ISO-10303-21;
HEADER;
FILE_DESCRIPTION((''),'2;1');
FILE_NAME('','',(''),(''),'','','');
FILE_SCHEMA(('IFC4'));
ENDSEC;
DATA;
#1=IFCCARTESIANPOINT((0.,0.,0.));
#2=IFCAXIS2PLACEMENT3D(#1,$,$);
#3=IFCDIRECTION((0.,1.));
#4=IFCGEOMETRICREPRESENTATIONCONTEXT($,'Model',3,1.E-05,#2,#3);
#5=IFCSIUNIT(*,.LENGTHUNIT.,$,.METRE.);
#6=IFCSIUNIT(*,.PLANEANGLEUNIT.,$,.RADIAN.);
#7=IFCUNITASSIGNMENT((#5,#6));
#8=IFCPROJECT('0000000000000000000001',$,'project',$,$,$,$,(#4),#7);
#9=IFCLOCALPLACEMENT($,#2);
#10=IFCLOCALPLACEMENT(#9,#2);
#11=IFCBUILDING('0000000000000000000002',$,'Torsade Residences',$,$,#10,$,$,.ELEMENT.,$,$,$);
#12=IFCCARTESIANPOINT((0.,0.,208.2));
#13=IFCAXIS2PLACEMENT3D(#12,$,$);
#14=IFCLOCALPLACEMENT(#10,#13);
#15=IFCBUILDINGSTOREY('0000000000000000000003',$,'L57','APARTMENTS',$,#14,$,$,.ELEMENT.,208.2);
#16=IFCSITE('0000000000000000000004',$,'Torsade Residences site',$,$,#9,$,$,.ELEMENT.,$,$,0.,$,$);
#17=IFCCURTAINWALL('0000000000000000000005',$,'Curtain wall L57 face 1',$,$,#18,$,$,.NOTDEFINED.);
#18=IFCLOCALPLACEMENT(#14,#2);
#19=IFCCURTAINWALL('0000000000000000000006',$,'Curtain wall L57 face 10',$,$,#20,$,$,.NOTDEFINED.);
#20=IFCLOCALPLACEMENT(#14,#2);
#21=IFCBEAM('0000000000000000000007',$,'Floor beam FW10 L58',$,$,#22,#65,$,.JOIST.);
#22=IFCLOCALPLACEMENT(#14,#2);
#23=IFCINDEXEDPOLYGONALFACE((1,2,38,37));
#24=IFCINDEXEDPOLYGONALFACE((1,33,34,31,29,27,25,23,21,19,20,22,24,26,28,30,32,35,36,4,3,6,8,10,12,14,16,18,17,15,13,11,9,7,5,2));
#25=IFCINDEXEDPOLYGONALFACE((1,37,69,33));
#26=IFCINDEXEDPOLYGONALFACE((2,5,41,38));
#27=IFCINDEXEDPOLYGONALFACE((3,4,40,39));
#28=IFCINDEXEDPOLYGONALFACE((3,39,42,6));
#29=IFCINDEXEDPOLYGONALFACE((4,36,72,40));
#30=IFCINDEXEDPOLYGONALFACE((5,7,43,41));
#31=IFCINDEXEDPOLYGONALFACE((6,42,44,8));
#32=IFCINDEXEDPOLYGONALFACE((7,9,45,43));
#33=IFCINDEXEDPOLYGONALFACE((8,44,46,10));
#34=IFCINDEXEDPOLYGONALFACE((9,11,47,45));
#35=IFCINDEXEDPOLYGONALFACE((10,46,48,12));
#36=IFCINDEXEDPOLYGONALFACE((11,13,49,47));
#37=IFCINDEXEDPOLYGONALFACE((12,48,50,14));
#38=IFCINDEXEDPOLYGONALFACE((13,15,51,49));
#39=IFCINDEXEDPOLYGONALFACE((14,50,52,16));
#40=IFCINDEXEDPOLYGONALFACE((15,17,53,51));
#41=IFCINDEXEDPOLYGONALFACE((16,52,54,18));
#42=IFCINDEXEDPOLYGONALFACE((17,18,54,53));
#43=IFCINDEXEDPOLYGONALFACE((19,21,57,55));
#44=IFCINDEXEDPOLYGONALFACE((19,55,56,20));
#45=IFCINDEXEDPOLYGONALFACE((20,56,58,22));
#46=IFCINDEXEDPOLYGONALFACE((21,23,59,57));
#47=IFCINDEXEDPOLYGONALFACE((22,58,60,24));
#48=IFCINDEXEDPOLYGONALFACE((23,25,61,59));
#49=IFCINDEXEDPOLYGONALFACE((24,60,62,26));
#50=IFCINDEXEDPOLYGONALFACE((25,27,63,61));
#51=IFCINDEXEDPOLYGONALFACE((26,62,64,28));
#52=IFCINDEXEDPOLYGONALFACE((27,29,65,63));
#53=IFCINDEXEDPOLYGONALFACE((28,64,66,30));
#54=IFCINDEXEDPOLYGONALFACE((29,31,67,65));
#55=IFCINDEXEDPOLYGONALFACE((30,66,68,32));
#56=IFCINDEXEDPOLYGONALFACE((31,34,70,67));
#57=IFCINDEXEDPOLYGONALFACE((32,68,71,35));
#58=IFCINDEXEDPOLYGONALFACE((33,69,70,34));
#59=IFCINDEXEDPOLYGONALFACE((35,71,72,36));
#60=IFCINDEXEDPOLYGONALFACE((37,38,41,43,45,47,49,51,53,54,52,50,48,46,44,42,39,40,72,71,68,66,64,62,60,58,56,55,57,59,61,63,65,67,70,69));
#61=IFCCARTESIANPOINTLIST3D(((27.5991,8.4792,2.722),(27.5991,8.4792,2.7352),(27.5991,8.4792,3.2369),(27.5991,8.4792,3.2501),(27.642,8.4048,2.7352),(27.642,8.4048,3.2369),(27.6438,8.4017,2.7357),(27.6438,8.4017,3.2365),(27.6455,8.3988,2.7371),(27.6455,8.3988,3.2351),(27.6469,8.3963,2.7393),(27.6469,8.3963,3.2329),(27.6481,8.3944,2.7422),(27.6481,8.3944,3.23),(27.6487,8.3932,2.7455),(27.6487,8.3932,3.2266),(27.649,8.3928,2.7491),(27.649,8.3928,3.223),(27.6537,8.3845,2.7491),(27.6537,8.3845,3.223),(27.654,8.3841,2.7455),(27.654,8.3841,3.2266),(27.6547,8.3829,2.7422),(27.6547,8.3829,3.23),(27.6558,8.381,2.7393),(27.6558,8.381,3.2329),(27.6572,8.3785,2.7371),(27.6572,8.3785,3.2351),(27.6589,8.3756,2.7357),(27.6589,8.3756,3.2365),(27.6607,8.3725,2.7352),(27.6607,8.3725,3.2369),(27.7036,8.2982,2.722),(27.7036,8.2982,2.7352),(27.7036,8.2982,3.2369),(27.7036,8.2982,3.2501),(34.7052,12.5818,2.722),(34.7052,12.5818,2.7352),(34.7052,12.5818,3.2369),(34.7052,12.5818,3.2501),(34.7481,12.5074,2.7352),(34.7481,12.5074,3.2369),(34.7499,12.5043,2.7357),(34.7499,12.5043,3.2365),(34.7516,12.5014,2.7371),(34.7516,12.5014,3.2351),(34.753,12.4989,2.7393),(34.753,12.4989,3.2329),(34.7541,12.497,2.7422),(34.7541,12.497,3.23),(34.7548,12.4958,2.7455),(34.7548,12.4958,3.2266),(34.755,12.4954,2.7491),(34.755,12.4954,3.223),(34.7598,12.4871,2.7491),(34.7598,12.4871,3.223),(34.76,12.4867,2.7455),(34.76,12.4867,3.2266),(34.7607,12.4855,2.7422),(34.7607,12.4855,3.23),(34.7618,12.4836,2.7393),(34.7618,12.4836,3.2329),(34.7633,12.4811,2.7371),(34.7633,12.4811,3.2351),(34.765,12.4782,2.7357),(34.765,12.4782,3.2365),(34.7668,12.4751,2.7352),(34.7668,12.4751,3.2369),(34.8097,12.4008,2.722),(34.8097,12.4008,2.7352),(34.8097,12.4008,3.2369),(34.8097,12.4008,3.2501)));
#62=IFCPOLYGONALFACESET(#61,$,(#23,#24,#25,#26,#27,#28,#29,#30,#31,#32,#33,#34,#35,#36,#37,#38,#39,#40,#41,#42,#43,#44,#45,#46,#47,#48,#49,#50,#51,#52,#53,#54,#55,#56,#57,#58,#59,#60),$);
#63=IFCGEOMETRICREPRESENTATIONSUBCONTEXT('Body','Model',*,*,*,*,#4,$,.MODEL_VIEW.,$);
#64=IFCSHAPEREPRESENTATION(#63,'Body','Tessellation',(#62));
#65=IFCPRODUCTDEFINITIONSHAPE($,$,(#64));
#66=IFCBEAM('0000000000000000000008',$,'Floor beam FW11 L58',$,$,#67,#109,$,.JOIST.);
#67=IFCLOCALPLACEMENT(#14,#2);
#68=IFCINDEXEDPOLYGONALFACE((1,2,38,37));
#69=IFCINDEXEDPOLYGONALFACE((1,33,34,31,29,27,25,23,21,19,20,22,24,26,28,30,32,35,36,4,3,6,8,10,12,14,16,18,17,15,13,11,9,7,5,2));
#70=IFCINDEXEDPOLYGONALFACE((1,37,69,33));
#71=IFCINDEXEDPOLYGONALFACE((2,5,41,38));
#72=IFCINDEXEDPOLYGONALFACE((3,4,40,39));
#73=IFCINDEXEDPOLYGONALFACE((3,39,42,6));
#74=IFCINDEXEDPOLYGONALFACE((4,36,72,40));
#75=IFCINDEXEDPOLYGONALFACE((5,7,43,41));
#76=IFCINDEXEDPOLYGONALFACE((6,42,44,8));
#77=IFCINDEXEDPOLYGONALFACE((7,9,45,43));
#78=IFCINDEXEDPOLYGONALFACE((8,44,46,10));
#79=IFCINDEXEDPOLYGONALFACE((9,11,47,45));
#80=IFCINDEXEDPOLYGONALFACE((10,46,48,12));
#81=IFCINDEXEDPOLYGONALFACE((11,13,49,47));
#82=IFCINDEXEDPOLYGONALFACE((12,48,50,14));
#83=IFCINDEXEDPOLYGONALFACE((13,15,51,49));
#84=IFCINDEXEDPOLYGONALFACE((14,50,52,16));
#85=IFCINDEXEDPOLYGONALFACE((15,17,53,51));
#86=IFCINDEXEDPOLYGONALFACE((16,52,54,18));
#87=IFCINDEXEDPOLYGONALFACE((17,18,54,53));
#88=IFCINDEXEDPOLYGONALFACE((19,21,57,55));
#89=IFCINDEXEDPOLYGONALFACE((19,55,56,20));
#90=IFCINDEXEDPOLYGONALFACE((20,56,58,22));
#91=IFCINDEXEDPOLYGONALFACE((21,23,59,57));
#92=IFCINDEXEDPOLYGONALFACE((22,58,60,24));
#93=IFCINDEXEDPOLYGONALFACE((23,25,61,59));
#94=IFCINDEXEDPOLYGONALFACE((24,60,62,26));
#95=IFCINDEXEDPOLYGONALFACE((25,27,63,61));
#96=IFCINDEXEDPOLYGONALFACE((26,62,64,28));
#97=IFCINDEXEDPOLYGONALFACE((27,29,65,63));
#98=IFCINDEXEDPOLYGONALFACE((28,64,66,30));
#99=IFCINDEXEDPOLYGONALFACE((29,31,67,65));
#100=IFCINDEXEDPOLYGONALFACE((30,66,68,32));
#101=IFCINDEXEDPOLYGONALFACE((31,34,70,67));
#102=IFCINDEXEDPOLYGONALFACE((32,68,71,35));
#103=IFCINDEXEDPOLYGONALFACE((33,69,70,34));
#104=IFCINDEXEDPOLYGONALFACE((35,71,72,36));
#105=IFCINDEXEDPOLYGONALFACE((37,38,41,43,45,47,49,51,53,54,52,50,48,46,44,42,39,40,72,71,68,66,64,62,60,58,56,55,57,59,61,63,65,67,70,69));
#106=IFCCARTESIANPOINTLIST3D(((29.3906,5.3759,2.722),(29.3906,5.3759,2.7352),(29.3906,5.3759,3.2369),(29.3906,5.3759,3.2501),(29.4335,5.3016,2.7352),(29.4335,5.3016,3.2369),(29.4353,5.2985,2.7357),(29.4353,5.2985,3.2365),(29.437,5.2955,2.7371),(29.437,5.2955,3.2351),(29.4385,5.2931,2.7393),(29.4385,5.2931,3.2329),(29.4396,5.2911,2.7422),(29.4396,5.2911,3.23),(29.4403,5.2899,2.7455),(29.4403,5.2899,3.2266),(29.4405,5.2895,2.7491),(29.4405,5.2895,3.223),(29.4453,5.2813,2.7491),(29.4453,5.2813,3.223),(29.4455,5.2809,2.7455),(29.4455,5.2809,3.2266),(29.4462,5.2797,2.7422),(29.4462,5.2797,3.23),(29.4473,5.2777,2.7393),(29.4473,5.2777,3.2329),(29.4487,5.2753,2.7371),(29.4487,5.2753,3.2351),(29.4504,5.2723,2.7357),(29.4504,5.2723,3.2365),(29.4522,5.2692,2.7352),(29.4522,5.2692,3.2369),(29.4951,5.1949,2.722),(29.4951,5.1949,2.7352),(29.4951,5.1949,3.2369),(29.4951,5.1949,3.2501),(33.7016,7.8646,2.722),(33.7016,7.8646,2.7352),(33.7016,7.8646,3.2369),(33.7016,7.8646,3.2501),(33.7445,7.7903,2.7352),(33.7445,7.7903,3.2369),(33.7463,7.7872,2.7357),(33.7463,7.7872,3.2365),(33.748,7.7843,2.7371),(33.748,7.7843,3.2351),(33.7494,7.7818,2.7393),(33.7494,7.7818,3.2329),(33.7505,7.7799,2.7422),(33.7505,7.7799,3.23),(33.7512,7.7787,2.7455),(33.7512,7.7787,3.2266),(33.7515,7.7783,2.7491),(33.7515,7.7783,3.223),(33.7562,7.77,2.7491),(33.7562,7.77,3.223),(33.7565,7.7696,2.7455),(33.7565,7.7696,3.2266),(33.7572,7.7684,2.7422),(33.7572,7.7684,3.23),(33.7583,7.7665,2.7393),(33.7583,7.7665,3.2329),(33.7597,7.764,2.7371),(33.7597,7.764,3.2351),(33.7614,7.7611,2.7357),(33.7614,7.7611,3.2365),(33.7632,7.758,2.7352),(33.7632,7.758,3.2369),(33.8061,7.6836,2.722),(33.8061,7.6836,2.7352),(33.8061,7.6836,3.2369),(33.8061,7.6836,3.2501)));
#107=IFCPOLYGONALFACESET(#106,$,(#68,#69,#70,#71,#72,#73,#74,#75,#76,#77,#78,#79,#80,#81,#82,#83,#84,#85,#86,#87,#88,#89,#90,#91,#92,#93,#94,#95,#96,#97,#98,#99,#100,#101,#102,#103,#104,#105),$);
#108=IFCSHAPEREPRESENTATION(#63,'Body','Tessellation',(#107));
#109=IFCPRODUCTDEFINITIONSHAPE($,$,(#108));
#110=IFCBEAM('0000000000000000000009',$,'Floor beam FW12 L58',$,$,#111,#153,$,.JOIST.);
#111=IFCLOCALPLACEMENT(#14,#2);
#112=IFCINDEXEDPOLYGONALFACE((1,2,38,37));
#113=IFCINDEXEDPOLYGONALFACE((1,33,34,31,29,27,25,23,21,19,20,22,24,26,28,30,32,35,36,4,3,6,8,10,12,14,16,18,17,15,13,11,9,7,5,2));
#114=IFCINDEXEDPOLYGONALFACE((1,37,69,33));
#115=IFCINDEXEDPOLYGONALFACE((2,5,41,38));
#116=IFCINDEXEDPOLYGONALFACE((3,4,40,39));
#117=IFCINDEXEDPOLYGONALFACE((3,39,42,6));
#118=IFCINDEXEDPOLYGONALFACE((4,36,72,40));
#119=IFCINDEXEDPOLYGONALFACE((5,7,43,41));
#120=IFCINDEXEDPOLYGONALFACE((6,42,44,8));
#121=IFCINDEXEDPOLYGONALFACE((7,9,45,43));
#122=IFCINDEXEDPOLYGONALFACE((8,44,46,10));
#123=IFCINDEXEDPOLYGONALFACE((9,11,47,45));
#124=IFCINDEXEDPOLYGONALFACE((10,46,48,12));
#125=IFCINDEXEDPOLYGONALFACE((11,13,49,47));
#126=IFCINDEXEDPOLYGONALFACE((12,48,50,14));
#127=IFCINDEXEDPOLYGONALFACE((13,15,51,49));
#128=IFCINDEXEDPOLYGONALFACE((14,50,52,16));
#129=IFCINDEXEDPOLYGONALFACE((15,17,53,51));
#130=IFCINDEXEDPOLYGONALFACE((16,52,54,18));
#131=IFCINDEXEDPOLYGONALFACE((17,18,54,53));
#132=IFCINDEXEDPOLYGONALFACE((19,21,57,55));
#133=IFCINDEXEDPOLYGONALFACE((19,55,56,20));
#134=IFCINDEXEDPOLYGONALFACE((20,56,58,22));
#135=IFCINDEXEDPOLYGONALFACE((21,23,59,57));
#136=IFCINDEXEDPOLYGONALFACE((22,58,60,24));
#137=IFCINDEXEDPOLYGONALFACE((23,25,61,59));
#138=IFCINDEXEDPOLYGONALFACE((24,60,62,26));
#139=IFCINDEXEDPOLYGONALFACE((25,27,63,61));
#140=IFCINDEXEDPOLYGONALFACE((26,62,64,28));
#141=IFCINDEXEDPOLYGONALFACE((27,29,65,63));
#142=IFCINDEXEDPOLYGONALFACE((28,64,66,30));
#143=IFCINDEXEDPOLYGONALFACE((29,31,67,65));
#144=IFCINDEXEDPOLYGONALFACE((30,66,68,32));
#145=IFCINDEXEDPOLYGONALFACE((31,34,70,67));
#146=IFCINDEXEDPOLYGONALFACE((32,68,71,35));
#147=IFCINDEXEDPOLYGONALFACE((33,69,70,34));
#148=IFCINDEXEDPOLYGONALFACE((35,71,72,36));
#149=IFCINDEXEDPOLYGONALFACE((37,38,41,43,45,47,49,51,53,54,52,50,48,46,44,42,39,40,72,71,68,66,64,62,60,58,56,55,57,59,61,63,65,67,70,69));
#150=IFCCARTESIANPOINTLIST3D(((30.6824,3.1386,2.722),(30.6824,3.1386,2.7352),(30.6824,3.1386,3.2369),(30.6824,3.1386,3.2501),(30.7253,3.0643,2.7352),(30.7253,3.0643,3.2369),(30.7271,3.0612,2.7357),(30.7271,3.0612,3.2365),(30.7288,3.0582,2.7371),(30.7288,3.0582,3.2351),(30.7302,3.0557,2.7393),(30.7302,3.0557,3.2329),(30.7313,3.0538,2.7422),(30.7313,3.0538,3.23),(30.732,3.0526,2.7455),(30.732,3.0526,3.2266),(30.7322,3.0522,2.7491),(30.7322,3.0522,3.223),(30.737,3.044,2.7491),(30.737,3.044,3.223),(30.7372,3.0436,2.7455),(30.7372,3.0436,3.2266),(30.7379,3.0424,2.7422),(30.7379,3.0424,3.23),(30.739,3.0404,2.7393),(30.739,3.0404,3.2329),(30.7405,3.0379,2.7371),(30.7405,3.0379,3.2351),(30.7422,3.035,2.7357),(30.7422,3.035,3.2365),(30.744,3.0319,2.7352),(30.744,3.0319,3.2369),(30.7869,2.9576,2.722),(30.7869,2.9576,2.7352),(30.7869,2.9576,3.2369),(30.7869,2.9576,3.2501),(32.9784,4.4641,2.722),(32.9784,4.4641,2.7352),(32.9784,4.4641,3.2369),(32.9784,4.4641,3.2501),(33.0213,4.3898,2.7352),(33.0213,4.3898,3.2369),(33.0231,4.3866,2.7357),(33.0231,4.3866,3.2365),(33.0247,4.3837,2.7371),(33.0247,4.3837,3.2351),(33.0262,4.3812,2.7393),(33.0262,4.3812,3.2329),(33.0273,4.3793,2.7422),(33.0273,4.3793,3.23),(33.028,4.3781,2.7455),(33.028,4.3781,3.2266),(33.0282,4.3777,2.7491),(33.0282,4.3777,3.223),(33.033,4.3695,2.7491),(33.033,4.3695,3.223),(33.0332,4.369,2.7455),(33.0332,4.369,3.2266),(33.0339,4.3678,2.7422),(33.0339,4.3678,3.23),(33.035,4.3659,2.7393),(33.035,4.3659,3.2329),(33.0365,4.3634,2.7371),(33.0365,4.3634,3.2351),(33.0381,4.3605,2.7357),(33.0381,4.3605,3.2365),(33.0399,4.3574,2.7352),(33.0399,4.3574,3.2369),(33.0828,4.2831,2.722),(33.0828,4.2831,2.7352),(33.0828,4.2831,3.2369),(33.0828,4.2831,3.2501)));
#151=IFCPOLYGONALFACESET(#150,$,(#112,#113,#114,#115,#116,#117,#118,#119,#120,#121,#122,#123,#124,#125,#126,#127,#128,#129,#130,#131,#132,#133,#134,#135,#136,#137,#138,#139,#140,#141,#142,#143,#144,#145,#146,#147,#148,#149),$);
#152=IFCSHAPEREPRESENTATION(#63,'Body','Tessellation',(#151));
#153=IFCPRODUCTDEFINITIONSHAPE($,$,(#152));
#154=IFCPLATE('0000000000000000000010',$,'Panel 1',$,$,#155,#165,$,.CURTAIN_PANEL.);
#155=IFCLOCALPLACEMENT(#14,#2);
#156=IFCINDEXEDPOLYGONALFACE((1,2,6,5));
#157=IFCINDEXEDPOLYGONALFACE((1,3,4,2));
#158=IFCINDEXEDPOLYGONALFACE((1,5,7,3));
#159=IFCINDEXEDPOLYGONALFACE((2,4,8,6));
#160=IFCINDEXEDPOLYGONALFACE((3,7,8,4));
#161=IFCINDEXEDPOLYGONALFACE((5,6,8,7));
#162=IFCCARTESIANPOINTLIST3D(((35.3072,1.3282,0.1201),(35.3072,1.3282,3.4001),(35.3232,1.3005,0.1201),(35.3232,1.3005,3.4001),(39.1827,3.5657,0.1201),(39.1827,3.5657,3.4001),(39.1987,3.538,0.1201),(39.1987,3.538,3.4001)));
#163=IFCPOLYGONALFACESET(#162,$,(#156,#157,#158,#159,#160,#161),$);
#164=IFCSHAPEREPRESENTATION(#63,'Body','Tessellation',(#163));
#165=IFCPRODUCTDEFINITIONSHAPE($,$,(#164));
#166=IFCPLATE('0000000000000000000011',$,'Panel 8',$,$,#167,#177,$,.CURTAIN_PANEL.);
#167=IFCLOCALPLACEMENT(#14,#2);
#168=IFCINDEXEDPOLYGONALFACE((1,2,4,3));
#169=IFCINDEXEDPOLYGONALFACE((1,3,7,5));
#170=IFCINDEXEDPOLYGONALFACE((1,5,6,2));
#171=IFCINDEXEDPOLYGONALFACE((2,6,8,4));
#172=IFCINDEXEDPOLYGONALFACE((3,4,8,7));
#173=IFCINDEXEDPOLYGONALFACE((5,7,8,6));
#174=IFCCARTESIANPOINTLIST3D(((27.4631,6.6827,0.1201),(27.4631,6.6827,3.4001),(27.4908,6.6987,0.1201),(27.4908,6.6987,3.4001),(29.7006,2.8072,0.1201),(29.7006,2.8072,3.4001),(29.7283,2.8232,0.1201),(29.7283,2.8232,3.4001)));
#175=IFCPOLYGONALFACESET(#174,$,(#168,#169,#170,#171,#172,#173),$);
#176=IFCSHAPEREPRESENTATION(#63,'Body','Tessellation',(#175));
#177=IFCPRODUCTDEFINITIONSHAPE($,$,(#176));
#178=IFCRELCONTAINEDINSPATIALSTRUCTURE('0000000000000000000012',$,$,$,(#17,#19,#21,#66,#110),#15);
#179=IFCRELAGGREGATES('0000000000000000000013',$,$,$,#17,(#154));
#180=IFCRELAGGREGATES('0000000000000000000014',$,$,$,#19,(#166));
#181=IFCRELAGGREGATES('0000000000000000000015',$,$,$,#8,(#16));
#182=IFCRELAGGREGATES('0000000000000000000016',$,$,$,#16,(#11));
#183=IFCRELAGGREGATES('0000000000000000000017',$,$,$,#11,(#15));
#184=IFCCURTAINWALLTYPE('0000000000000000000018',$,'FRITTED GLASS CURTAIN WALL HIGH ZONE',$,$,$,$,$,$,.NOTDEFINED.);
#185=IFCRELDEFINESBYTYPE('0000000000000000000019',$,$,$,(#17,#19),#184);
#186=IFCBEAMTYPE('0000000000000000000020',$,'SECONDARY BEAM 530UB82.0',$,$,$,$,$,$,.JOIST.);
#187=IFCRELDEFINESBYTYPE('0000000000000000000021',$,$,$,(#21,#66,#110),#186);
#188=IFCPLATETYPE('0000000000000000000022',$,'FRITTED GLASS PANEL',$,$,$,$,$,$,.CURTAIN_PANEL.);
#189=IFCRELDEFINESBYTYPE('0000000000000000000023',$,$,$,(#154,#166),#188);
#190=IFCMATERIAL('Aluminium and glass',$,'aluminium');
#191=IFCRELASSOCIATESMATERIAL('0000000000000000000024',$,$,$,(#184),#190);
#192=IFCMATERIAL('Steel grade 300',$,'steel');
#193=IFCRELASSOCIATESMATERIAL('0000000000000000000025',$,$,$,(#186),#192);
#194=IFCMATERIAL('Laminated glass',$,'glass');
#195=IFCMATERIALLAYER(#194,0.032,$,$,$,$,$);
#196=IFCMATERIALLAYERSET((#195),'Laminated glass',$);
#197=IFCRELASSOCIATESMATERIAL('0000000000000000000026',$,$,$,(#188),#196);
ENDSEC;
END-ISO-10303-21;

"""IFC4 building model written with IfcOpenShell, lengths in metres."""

from ifc_helpers import new_model, si_unit, direction, frame, origin, origin_2d, place, context, subcontext, project, spatial, rectangle, i_section, extrude, material, layer, layer_set, material_profile, profile_set, type_object, element, aggregate, save


model = new_model("IFC4")

# Units and contexts
model_context = context("Model", 3, precision=1e-05, world=origin(), true_north=direction((0.0, 1.0)))
body_context = subcontext(model_context, "Body", "Model", "MODEL_VIEW")
ifc_project = project(units=[si_unit("LENGTHUNIT", "METRE"), si_unit("PLANEANGLEUNIT", "RADIAN")], contexts=[model_context])

# Site, building, storey
site_placement = place(None, origin())
site = spatial("IfcSite", under=ifc_project, at=site_placement, Name="Torsade Residences site", CompositionType="ELEMENT", RefElevation=0.0)
building_placement = place(site_placement, origin())
building = spatial("IfcBuilding", under=site, at=building_placement, Name="Torsade Residences", CompositionType="ELEMENT")
storey_placement = place(building_placement, frame((0.0, 0.0, 208.2)))
storey = spatial("IfcBuildingStorey", under=building, at=storey_placement, Name="L57", Description="APARTMENTS", CompositionType="ELEMENT", Elevation=208.2)

# Curtain wall
ifc_material_1 = material(Name="Aluminium and glass", Category="aluminium")
curtain_wall_type = type_object("IfcCurtainWallType", Name="FRITTED GLASS CURTAIN WALL HIGH ZONE", PredefinedType="NOTDEFINED", material=ifc_material_1)
curtain_wall_1_placement = place(storey_placement, origin())
curtain_wall_1 = element("IfcCurtainWall", 1, at=curtain_wall_1_placement, inside=storey, type_object=curtain_wall_type, Name="Curtain wall L57 face 1", PredefinedType="NOTDEFINED")

# Curtain wall
curtain_wall_2_placement = place(storey_placement, origin())
curtain_wall_2 = element("IfcCurtainWall", 2, at=curtain_wall_2_placement, inside=storey, type_object=curtain_wall_type, Name="Curtain wall L57 face 10", PredefinedType="NOTDEFINED")

# Beams
ifc_material_2 = material(Name="Steel grade 300", Category="steel")
ifc_material_profile_1 = material_profile(ifc_material_2, i_section(OverallWidth=0.209, OverallDepth=0.5281, WebThickness=0.0095, FlangeThickness=0.0132, FilletRadius=0.0139, at=origin_2d()), Name="530UB82.0")
ifc_profile_set_1 = profile_set([ifc_material_profile_1], Name="Steel grade 300")
beam_type_1 = type_object("IfcBeamType", Name="SECONDARY BEAM 530UB82.0", PredefinedType="JOIST", material=ifc_profile_set_1)
beam_1_placement = place(storey_placement, frame((27.6514, 8.3887, 2.9861), z_axis=(0.86603, 0.499992, 0.0), x_axis=(-0.499992, 0.86603, 0.0)))
element("IfcBeam", 3, at=beam_1_placement, inside=storey, type_object=beam_type_1, Name="Floor beam FW10 L58", PredefinedType="JOIST", context=body_context, shape_type="SweptSolid", body=[
    extrude(i_section(OverallWidth=0.209, OverallDepth=0.5281, WebThickness=0.0095, FlangeThickness=0.0132, FilletRadius=0.0139, at=origin_2d()), origin(), (0.0, 0.0, 1.0), 8.2053),
])
beam_2_placement = place(storey_placement, frame((29.4429, 5.2854, 2.9861), z_axis=(0.866043, 0.499969, 0.0), x_axis=(-0.499969, 0.866043, 0.0)))
element("IfcBeam", 4, at=beam_2_placement, inside=storey, type_object=beam_type_1, Name="Floor beam FW11 L58", PredefinedType="JOIST", context=body_context, shape_type="SweptSolid", body=[
    extrude(i_section(OverallWidth=0.209, OverallDepth=0.5281, WebThickness=0.0095, FlangeThickness=0.0132, FilletRadius=0.0139, at=origin_2d()), origin(), (0.0, 0.0, 1.0), 4.9778),
])
beam_3_placement = place(storey_placement, frame((30.7346, 3.0481, 2.9861), z_axis=(0.866041, 0.499972, 0.0), x_axis=(-0.499972, 0.866041, 0.0)))
element("IfcBeam", 5, at=beam_3_placement, inside=storey, type_object=beam_type_1, Name="Floor beam FW12 L58", PredefinedType="JOIST", context=body_context, shape_type="SweptSolid", body=[
    extrude(i_section(OverallWidth=0.209, OverallDepth=0.5281, WebThickness=0.0095, FlangeThickness=0.0132, FilletRadius=0.0139, at=origin_2d()), origin(), (0.0, 0.0, 1.0), 2.6511),
])

# Plates
ifc_material_3 = material(Name="Laminated glass", Category="glass")
ifc_layer_1 = layer(ifc_material_3, 0.032)
ifc_layer_set_1 = layer_set([ifc_layer_1], Name="Laminated glass")
plate_type = type_object("IfcPlateType", Name="FRITTED GLASS PANEL", PredefinedType="CURTAIN_PANEL", material=ifc_layer_set_1)
plate_1_placement = place(storey_placement, frame((37.2529, 2.4331, 0.1201), z_axis=(0.0, 0.0, 1.0), x_axis=(0.866025, 0.5, 0.0)))
plate_1 = element("IfcPlate", 6, at=plate_1_placement, type_object=plate_type, Name="Panel 1", PredefinedType="CURTAIN_PANEL", context=body_context, shape_type="SweptSolid", body=[
    extrude(rectangle(XDim=4.4751, YDim=0.032, at=origin_2d()), origin(), (0.0, 0.0, 1.0), 3.28),
])
aggregate(curtain_wall_1, [plate_1])
plate_2_placement = place(storey_placement, frame((28.5957, 4.7529, 0.1201), z_axis=(0.0, 0.0, 1.0), x_axis=(0.5, -0.866025, 0.0)))
plate_2 = element("IfcPlate", 7, at=plate_2_placement, type_object=plate_type, Name="Panel 8", PredefinedType="CURTAIN_PANEL", context=body_context, shape_type="SweptSolid", body=[
    extrude(rectangle(XDim=4.4751, YDim=0.032, at=origin_2d()), origin(), (0.0, 0.0, 1.0), 3.28),
])
aggregate(curtain_wall_2, [plate_2])

save(model, "model.ifc")
